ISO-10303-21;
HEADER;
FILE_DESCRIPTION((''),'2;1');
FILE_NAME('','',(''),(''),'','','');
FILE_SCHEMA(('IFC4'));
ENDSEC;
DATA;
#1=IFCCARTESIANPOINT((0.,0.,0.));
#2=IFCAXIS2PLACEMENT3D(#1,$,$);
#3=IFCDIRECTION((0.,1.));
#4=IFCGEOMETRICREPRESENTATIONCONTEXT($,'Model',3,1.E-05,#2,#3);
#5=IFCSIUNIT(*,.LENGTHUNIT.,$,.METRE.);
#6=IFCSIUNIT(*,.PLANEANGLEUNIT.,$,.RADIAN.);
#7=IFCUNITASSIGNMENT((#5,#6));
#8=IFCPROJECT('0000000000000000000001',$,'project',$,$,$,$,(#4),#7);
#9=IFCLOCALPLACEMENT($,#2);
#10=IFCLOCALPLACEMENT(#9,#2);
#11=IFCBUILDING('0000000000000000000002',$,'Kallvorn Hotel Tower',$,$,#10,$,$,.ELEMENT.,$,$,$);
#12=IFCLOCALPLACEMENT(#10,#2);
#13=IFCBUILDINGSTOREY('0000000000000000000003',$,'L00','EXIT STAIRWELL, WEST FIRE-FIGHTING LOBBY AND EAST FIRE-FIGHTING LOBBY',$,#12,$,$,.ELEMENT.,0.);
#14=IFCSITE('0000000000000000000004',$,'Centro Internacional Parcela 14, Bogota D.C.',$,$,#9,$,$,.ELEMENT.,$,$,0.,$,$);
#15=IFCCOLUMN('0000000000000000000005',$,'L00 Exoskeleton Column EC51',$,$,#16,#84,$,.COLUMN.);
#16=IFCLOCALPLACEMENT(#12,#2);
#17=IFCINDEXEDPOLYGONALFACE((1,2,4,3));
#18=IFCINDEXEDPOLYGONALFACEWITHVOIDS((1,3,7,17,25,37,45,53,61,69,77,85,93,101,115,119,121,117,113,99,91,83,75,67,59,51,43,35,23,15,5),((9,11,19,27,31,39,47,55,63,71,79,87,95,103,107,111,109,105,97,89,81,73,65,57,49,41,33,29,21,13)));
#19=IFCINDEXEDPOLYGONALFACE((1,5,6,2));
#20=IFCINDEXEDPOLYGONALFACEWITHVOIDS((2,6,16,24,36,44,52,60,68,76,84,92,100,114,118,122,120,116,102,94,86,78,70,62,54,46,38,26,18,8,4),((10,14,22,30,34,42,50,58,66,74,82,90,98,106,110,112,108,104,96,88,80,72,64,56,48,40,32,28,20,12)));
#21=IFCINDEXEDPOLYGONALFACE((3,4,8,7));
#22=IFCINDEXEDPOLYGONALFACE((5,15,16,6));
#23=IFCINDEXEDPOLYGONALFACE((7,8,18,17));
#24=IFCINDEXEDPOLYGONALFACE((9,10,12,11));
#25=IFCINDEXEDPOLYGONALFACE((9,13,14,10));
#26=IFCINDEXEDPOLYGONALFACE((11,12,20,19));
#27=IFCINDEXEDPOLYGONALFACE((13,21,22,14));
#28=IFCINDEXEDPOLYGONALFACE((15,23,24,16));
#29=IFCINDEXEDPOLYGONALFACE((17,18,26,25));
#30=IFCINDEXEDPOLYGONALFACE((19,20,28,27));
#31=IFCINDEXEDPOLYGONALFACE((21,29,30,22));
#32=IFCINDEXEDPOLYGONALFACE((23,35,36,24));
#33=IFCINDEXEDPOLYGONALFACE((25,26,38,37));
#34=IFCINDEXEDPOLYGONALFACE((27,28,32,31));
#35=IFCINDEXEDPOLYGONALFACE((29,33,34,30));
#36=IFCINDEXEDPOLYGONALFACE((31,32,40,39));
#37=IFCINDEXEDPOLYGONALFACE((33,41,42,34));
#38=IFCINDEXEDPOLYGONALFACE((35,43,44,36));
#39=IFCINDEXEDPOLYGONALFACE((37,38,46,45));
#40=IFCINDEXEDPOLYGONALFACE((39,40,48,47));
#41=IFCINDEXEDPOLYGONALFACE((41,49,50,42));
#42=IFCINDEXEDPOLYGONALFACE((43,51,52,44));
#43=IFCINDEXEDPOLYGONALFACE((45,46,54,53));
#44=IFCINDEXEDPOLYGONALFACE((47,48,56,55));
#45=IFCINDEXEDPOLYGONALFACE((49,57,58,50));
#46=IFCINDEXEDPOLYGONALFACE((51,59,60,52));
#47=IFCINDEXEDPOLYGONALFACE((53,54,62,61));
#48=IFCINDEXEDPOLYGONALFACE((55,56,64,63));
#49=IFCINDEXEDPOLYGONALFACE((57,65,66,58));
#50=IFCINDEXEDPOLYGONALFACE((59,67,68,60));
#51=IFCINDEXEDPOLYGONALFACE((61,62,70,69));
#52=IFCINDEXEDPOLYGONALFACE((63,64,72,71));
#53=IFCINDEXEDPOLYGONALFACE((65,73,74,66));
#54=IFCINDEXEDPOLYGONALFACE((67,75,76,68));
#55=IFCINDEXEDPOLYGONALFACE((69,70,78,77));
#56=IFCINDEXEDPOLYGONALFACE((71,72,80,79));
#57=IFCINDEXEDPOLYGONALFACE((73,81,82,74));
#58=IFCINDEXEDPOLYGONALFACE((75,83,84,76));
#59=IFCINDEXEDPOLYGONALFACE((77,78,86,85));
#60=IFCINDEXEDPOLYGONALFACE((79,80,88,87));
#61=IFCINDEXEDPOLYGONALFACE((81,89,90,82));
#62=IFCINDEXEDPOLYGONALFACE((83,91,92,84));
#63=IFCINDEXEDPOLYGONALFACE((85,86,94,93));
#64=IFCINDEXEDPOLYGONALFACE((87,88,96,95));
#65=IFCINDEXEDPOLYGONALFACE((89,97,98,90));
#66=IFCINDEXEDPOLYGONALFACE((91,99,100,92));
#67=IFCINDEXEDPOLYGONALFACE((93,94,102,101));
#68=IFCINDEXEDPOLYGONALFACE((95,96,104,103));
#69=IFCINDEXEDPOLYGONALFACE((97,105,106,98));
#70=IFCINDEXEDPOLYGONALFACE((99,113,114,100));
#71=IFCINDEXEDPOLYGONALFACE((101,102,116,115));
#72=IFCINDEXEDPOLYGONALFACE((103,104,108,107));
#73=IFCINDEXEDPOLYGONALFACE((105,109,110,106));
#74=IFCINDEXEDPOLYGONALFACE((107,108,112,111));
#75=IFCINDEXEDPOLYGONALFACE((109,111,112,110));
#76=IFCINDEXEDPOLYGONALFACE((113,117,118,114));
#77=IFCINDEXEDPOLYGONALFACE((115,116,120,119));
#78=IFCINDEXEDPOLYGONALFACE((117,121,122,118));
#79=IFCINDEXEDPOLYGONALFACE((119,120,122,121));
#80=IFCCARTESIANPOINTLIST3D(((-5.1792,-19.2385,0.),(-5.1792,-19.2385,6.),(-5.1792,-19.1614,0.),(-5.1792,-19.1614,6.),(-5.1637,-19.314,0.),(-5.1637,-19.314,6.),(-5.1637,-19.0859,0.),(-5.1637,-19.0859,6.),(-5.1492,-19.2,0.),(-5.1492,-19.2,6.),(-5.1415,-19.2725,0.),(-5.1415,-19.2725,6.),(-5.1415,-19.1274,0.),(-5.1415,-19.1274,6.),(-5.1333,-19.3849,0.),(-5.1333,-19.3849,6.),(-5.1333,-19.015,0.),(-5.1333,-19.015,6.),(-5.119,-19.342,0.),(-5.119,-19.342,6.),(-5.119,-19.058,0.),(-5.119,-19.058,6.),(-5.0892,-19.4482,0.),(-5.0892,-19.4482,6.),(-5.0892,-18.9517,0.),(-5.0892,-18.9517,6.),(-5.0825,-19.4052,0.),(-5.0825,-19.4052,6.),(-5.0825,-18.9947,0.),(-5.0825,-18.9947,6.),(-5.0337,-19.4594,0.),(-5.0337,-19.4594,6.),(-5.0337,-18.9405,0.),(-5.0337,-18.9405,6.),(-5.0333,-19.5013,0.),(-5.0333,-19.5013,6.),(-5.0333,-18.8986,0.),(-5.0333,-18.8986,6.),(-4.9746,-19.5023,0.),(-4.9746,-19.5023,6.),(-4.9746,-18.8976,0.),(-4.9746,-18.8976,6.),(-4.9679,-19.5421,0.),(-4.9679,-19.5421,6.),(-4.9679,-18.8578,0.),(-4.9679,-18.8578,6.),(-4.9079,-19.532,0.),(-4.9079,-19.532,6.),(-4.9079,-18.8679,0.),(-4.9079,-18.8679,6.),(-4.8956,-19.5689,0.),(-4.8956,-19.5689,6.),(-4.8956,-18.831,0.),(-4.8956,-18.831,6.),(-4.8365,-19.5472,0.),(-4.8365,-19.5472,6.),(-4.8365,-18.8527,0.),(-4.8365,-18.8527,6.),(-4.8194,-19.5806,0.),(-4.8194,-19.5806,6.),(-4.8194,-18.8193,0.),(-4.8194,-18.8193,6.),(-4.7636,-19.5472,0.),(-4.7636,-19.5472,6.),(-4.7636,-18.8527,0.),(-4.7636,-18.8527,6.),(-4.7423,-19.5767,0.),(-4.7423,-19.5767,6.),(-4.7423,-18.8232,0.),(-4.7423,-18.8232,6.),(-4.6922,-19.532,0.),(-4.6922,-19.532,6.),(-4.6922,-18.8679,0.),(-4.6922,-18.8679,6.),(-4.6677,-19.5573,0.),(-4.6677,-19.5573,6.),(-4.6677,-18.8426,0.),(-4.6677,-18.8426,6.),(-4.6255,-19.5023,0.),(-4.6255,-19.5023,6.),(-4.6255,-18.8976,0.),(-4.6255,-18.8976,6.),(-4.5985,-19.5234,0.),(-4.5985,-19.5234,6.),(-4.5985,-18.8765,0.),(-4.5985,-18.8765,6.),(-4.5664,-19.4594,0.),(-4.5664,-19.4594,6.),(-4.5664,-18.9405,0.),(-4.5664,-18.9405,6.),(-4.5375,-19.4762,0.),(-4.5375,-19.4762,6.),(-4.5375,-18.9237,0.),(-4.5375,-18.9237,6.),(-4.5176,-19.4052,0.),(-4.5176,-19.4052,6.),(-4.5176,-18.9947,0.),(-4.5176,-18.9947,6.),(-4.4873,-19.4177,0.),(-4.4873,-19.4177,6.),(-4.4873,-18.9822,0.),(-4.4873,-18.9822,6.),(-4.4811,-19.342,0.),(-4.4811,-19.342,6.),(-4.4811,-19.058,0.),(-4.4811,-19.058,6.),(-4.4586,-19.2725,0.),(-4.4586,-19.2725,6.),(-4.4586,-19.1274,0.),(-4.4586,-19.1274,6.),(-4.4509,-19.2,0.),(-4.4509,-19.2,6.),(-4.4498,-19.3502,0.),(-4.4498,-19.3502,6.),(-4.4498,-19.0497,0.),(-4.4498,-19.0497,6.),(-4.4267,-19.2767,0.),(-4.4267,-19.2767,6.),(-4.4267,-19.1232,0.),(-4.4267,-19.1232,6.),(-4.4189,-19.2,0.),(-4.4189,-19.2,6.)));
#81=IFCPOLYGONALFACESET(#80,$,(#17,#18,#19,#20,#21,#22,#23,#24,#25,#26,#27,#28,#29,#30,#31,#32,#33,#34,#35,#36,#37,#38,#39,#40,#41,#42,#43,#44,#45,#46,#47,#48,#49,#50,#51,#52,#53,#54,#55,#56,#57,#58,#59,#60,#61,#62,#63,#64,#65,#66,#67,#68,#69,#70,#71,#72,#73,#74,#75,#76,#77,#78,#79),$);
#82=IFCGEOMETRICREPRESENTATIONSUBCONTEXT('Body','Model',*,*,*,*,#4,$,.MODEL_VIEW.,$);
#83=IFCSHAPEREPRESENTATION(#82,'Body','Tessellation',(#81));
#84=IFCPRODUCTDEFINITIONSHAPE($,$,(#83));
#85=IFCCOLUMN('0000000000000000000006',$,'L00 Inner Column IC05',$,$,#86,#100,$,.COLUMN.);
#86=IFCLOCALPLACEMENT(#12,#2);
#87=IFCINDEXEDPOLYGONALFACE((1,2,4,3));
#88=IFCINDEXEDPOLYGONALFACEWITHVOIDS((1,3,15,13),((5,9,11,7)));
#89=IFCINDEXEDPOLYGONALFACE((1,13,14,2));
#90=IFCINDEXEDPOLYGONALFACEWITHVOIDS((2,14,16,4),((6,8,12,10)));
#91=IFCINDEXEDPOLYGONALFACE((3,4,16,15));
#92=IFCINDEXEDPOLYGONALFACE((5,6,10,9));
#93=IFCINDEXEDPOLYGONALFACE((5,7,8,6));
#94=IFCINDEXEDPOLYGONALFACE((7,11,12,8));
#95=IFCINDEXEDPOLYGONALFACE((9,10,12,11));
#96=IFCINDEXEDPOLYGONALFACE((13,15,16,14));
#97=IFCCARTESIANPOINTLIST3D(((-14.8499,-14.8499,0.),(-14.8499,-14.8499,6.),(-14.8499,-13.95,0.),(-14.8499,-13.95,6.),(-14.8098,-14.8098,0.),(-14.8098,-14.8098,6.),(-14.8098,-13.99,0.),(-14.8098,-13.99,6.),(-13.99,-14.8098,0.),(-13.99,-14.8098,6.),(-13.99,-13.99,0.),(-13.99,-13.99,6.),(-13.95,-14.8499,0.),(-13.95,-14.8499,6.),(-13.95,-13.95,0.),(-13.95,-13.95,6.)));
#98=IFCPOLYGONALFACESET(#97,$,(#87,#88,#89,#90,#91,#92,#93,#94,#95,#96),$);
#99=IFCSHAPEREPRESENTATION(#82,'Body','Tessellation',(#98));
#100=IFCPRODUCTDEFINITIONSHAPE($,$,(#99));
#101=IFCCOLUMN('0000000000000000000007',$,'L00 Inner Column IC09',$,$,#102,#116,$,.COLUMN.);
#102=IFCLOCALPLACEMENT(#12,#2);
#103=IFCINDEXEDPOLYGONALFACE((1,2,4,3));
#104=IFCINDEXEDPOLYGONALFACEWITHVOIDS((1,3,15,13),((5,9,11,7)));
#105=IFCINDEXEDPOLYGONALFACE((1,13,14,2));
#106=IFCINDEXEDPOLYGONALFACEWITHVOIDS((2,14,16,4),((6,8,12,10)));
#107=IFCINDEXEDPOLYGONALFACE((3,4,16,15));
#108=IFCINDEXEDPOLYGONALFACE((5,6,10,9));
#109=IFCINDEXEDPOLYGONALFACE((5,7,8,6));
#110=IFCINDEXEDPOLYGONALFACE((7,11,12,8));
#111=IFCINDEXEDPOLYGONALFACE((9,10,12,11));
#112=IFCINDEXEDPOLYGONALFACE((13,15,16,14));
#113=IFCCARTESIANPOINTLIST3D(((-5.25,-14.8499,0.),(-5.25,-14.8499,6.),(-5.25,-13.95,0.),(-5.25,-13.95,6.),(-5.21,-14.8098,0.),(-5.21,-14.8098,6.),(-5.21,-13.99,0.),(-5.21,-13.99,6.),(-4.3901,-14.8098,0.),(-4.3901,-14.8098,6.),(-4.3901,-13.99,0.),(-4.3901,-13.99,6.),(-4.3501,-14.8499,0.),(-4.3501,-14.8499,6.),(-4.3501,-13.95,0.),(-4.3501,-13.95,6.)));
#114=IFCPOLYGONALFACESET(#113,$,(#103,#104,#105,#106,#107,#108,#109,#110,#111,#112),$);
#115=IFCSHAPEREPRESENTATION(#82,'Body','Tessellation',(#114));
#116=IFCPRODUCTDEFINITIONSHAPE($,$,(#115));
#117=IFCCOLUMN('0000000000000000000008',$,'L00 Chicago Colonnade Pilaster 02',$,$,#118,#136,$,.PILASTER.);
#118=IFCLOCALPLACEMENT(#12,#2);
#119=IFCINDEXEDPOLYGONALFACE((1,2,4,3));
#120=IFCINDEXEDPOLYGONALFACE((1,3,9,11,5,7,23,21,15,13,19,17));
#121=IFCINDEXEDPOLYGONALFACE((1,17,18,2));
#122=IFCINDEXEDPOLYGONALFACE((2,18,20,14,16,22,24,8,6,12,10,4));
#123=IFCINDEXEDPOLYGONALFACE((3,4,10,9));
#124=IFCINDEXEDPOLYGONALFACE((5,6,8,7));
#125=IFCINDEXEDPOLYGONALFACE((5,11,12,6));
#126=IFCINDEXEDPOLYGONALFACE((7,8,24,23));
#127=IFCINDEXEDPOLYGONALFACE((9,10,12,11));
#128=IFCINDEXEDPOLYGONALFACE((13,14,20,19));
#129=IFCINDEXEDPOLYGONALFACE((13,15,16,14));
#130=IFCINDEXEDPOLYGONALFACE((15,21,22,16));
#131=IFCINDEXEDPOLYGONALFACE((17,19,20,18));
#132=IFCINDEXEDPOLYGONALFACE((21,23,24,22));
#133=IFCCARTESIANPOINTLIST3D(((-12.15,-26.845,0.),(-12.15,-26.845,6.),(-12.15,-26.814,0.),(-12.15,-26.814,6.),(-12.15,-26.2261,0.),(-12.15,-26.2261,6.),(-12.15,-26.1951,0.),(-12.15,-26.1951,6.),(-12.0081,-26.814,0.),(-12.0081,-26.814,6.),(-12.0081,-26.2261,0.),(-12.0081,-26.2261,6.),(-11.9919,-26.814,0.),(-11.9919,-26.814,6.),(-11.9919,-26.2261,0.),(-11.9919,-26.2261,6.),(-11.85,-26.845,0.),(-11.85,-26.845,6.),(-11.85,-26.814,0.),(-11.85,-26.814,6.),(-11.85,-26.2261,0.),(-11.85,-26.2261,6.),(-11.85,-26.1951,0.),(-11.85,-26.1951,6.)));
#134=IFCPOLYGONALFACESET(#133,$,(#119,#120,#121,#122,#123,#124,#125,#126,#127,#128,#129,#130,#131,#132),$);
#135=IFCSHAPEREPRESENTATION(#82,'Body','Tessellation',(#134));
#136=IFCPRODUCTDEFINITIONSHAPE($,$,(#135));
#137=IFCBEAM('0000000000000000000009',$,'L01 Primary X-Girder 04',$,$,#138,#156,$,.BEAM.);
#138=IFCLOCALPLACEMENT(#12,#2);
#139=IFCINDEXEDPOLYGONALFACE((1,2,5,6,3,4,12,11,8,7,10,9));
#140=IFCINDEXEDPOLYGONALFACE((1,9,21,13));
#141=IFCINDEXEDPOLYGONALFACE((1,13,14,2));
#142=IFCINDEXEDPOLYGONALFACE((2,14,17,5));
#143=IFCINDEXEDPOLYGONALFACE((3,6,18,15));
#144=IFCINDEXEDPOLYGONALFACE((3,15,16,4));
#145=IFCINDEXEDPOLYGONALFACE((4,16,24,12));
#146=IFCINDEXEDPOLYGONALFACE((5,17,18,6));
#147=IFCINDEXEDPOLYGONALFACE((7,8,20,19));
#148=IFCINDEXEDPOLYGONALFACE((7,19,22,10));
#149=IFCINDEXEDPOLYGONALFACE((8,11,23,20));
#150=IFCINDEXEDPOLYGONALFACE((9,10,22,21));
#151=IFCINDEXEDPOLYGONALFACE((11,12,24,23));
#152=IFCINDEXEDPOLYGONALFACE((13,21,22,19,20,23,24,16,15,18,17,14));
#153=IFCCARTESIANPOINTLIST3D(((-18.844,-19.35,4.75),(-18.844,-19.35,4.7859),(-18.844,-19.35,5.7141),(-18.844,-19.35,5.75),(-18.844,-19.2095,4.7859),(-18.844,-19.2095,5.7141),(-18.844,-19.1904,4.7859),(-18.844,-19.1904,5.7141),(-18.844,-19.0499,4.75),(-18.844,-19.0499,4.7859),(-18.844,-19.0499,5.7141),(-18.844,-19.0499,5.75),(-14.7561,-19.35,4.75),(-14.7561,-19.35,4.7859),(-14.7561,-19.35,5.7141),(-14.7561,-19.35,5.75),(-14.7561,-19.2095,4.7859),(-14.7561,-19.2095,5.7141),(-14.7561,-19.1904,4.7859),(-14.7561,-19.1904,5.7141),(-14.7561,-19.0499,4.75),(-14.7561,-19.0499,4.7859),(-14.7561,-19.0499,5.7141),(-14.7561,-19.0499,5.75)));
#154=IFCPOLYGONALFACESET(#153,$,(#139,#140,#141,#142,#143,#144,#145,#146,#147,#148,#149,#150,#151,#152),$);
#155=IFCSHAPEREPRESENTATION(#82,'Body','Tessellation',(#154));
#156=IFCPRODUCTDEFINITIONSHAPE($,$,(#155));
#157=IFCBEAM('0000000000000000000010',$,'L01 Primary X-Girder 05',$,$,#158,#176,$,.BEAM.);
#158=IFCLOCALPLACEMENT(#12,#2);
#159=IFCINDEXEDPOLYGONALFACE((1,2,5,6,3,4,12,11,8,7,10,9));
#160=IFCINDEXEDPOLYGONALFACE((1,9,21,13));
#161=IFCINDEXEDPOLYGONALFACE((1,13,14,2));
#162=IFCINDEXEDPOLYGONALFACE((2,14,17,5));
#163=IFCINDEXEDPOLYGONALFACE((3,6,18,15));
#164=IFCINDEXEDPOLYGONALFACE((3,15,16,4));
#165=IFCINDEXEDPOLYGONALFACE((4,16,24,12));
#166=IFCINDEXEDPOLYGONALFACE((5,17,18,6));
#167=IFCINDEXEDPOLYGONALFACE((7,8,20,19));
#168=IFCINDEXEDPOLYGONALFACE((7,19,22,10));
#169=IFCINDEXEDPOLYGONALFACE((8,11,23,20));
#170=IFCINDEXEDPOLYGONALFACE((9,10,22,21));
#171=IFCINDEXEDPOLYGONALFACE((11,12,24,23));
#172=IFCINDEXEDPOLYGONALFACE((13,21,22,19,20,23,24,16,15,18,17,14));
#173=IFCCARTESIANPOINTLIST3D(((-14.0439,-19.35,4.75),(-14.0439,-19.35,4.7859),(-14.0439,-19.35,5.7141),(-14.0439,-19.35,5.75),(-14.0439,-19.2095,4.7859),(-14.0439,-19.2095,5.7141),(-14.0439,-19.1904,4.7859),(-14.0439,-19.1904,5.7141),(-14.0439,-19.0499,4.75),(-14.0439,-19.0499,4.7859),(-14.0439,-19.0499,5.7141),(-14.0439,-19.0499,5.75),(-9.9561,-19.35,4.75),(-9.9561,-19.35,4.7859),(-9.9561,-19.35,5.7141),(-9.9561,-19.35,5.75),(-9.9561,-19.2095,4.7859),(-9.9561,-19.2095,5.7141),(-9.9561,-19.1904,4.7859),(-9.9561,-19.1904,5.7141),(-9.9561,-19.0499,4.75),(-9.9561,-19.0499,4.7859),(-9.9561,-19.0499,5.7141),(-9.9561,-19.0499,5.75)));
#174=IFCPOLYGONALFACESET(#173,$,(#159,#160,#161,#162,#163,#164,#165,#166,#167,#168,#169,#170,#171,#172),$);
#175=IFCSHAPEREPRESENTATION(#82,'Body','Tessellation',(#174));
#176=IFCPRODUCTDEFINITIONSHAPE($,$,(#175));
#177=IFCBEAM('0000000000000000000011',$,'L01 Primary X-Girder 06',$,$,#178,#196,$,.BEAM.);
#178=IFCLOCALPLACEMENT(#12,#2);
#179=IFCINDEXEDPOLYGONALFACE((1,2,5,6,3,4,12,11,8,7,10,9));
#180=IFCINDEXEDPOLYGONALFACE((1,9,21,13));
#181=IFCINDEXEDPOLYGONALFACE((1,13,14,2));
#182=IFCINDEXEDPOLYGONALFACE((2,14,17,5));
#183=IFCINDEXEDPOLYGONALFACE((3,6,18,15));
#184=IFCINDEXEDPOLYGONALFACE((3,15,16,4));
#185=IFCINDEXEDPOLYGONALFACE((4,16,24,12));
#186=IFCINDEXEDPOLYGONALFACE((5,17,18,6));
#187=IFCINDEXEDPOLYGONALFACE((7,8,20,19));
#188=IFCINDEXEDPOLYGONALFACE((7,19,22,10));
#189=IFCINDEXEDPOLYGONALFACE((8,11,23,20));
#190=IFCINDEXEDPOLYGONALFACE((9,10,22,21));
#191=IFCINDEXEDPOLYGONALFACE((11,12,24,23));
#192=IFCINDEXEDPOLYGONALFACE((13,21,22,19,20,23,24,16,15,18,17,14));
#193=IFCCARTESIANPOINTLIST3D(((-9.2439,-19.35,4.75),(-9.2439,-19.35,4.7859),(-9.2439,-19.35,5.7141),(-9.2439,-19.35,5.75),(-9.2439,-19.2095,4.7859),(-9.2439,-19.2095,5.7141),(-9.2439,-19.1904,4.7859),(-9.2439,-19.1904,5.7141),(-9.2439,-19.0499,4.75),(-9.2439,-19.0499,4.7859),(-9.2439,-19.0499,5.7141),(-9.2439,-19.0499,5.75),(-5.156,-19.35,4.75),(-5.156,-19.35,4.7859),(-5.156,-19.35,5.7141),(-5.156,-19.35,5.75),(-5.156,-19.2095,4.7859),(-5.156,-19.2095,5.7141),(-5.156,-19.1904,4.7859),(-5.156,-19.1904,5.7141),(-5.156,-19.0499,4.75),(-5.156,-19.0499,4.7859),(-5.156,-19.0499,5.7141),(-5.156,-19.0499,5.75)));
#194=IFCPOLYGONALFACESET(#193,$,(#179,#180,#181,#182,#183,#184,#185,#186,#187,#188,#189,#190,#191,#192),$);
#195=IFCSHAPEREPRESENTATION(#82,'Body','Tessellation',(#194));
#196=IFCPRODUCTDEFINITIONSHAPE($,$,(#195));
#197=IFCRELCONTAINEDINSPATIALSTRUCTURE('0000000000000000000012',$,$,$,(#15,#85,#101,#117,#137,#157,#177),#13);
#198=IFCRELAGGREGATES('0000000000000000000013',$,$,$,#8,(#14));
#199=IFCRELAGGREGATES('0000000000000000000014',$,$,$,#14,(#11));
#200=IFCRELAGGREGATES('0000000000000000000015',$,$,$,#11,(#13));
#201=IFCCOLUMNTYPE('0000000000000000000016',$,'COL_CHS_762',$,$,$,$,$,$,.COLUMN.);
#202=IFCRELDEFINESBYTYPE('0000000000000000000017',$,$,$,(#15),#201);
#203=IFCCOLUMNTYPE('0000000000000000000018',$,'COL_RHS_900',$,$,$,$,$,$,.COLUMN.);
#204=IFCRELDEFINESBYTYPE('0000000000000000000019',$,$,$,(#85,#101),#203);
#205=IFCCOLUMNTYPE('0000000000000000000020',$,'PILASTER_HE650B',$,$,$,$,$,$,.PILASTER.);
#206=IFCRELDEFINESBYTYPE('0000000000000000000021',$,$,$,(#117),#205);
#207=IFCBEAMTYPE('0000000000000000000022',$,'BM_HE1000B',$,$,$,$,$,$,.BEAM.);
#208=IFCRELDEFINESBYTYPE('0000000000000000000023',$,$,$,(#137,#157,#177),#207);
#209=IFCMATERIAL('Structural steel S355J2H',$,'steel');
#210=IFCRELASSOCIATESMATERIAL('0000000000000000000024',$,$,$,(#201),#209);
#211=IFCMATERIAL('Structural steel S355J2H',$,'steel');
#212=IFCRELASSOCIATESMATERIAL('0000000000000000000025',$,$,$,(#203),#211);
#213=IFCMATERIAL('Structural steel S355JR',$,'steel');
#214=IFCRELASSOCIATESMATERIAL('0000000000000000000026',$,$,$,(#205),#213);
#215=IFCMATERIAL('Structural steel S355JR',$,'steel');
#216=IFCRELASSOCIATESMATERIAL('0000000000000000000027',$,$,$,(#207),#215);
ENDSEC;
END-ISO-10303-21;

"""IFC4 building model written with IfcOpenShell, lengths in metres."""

from ifc_helpers import new_model, si_unit, direction, frame, origin, origin_2d, place, context, subcontext, project, spatial, hollow_rectangle, hollow_circle, i_section, extrude, material, material_profile, profile_set, type_object, element, save


model = new_model("IFC4")

# Units and contexts
model_context = context("Model", 3, precision=1e-05, world=origin(), true_north=direction((0.0, 1.0)))
body_context = subcontext(model_context, "Body", "Model", "MODEL_VIEW")
ifc_project = project(units=[si_unit("LENGTHUNIT", "METRE"), si_unit("PLANEANGLEUNIT", "RADIAN")], contexts=[model_context])

# Site, building, storey
site_placement = place(None, origin())
site = spatial("IfcSite", under=ifc_project, at=site_placement, Name="Centro Internacional Parcela 14, Bogota D.C.", CompositionType="ELEMENT", RefElevation=0.0)
building_placement = place(site_placement, origin())
building = spatial("IfcBuilding", under=site, at=building_placement, Name="Kallvorn Hotel Tower", CompositionType="ELEMENT")
storey_placement = place(building_placement, origin())
storey = spatial("IfcBuildingStorey", under=building, at=storey_placement, Name="L00", Description="EXIT STAIRWELL, WEST FIRE-FIGHTING LOBBY AND EAST FIRE-FIGHTING LOBBY", CompositionType="ELEMENT", Elevation=0.0)

# Columns
ifc_material_1 = material(Name="Structural steel S355J2H", Category="steel")
ifc_material_profile_1 = material_profile(ifc_material_1, hollow_circle(Radius=0.3811, WallThickness=0.032, at=origin_2d()), Name="CHS 762x32")
ifc_profile_set_1 = profile_set([ifc_material_profile_1], Name="Structural steel S355J2H")
column_type_1 = type_object("IfcColumnType", Name="COL_CHS_762", PredefinedType="COLUMN", material=ifc_profile_set_1)
for number, where, z_axis, x_axis, name in (
    (1, (-4.8, -19.2, 0.0), (0.0, 0.0, 1.0), (1.0, 0.0, 0.0), "L00 Exoskeleton Column EC51"),
):
    element("IfcColumn", number, at=place(storey_placement, frame(where, z_axis=z_axis, x_axis=x_axis)), inside=storey, type_object=column_type_1, Name=name, PredefinedType="COLUMN", context=body_context, shape_type="SweptSolid", body=[
        extrude(hollow_circle(Radius=0.3811, WallThickness=0.032, at=origin_2d()), origin(), (0.0, 0.0, 1.0), 6.0),
    ])
ifc_material_2 = material(Name="Structural steel S355J2H", Category="steel")
ifc_material_profile_2 = material_profile(ifc_material_2, hollow_rectangle(XDim=0.8999, YDim=0.8999, WallThickness=0.04, at=origin_2d()), Name="RHS 900x900x40")
ifc_profile_set_2 = profile_set([ifc_material_profile_2], Name="Structural steel S355J2H")
column_type_2 = type_object("IfcColumnType", Name="COL_RHS_900", PredefinedType="COLUMN", material=ifc_profile_set_2)
for number, where, z_axis, x_axis, name in (
    (2, (-14.3999, -14.3999, 0.0), (0.0, 0.0, 1.0), (1.0, 0.0, 0.0), "L00 Inner Column IC05"),
    (3, (-4.8, -14.3999, 0.0), (0.0, 0.0, 1.0), (1.0, 0.0, 0.0), "L00 Inner Column IC09"),
):
    element("IfcColumn", number, at=place(storey_placement, frame(where, z_axis=z_axis, x_axis=x_axis)), inside=storey, type_object=column_type_2, Name=name, PredefinedType="COLUMN", context=body_context, shape_type="SweptSolid", body=[
        extrude(hollow_rectangle(XDim=0.8999, YDim=0.8999, WallThickness=0.04, at=origin_2d()), origin(), (0.0, 0.0, 1.0), 6.0),
    ])
ifc_material_3 = material(Name="Structural steel S355JR", Category="steel")
ifc_material_profile_3 = material_profile(ifc_material_3, i_section(OverallWidth=0.3, OverallDepth=0.6499, WebThickness=0.0161, FlangeThickness=0.031, at=origin_2d()), Name="HE 650 B")
ifc_profile_set_3 = profile_set([ifc_material_profile_3], Name="Structural steel S355JR")
column_type_3 = type_object("IfcColumnType", Name="PILASTER_HE650B", PredefinedType="PILASTER", material=ifc_profile_set_3)
column_placement = place(storey_placement, frame((-12.0, -26.52, 0.0), z_axis=(0.0, 0.0, 1.0), x_axis=(1.0, 0.0, 0.0)))
element("IfcColumn", 4, at=column_placement, inside=storey, type_object=column_type_3, Name="L00 Chicago Colonnade Pilaster 02", PredefinedType="PILASTER", context=body_context, shape_type="SweptSolid", body=[
    extrude(i_section(OverallWidth=0.3, OverallDepth=0.6499, WebThickness=0.0161, FlangeThickness=0.031, at=origin_2d()), origin(), (0.0, 0.0, 1.0), 6.0),
])

# Beams
ifc_material_4 = material(Name="Structural steel S355JR", Category="steel")
ifc_material_profile_4 = material_profile(ifc_material_4, i_section(OverallWidth=0.3, OverallDepth=1.0, WebThickness=0.019, FlangeThickness=0.0359, at=origin_2d()), Name="HE 1000 B")
ifc_profile_set_4 = profile_set([ifc_material_profile_4], Name="Structural steel S355JR")
beam_type_1 = type_object("IfcBeamType", Name="BM_HE1000B", PredefinedType="BEAM", material=ifc_profile_set_4)
for number, where, z_axis, x_axis, name in (
    (5, (-18.844, -19.2, 5.25), (1.0, 0.0, 0.0), (0.0, 1.0, 0.0), "L01 Primary X-Girder 04"),
    (6, (-14.0439, -19.2, 5.25), (1.0, 0.0, 0.0), (0.0, 1.0, 0.0), "L01 Primary X-Girder 05"),
    (7, (-9.2439, -19.2, 5.25), (1.0, 0.0, 0.0), (0.0, 1.0, 0.0), "L01 Primary X-Girder 06"),
):
    element("IfcBeam", number, at=place(storey_placement, frame(where, z_axis=z_axis, x_axis=x_axis)), inside=storey, type_object=beam_type_1, Name=name, PredefinedType="BEAM", context=body_context, shape_type="SweptSolid", body=[
        extrude(i_section(OverallWidth=0.3, OverallDepth=1.0, WebThickness=0.019, FlangeThickness=0.0359, at=origin_2d()), origin(), (0.0, 0.0, 1.0), 4.0879),
    ])

save(model, "model.ifc")
